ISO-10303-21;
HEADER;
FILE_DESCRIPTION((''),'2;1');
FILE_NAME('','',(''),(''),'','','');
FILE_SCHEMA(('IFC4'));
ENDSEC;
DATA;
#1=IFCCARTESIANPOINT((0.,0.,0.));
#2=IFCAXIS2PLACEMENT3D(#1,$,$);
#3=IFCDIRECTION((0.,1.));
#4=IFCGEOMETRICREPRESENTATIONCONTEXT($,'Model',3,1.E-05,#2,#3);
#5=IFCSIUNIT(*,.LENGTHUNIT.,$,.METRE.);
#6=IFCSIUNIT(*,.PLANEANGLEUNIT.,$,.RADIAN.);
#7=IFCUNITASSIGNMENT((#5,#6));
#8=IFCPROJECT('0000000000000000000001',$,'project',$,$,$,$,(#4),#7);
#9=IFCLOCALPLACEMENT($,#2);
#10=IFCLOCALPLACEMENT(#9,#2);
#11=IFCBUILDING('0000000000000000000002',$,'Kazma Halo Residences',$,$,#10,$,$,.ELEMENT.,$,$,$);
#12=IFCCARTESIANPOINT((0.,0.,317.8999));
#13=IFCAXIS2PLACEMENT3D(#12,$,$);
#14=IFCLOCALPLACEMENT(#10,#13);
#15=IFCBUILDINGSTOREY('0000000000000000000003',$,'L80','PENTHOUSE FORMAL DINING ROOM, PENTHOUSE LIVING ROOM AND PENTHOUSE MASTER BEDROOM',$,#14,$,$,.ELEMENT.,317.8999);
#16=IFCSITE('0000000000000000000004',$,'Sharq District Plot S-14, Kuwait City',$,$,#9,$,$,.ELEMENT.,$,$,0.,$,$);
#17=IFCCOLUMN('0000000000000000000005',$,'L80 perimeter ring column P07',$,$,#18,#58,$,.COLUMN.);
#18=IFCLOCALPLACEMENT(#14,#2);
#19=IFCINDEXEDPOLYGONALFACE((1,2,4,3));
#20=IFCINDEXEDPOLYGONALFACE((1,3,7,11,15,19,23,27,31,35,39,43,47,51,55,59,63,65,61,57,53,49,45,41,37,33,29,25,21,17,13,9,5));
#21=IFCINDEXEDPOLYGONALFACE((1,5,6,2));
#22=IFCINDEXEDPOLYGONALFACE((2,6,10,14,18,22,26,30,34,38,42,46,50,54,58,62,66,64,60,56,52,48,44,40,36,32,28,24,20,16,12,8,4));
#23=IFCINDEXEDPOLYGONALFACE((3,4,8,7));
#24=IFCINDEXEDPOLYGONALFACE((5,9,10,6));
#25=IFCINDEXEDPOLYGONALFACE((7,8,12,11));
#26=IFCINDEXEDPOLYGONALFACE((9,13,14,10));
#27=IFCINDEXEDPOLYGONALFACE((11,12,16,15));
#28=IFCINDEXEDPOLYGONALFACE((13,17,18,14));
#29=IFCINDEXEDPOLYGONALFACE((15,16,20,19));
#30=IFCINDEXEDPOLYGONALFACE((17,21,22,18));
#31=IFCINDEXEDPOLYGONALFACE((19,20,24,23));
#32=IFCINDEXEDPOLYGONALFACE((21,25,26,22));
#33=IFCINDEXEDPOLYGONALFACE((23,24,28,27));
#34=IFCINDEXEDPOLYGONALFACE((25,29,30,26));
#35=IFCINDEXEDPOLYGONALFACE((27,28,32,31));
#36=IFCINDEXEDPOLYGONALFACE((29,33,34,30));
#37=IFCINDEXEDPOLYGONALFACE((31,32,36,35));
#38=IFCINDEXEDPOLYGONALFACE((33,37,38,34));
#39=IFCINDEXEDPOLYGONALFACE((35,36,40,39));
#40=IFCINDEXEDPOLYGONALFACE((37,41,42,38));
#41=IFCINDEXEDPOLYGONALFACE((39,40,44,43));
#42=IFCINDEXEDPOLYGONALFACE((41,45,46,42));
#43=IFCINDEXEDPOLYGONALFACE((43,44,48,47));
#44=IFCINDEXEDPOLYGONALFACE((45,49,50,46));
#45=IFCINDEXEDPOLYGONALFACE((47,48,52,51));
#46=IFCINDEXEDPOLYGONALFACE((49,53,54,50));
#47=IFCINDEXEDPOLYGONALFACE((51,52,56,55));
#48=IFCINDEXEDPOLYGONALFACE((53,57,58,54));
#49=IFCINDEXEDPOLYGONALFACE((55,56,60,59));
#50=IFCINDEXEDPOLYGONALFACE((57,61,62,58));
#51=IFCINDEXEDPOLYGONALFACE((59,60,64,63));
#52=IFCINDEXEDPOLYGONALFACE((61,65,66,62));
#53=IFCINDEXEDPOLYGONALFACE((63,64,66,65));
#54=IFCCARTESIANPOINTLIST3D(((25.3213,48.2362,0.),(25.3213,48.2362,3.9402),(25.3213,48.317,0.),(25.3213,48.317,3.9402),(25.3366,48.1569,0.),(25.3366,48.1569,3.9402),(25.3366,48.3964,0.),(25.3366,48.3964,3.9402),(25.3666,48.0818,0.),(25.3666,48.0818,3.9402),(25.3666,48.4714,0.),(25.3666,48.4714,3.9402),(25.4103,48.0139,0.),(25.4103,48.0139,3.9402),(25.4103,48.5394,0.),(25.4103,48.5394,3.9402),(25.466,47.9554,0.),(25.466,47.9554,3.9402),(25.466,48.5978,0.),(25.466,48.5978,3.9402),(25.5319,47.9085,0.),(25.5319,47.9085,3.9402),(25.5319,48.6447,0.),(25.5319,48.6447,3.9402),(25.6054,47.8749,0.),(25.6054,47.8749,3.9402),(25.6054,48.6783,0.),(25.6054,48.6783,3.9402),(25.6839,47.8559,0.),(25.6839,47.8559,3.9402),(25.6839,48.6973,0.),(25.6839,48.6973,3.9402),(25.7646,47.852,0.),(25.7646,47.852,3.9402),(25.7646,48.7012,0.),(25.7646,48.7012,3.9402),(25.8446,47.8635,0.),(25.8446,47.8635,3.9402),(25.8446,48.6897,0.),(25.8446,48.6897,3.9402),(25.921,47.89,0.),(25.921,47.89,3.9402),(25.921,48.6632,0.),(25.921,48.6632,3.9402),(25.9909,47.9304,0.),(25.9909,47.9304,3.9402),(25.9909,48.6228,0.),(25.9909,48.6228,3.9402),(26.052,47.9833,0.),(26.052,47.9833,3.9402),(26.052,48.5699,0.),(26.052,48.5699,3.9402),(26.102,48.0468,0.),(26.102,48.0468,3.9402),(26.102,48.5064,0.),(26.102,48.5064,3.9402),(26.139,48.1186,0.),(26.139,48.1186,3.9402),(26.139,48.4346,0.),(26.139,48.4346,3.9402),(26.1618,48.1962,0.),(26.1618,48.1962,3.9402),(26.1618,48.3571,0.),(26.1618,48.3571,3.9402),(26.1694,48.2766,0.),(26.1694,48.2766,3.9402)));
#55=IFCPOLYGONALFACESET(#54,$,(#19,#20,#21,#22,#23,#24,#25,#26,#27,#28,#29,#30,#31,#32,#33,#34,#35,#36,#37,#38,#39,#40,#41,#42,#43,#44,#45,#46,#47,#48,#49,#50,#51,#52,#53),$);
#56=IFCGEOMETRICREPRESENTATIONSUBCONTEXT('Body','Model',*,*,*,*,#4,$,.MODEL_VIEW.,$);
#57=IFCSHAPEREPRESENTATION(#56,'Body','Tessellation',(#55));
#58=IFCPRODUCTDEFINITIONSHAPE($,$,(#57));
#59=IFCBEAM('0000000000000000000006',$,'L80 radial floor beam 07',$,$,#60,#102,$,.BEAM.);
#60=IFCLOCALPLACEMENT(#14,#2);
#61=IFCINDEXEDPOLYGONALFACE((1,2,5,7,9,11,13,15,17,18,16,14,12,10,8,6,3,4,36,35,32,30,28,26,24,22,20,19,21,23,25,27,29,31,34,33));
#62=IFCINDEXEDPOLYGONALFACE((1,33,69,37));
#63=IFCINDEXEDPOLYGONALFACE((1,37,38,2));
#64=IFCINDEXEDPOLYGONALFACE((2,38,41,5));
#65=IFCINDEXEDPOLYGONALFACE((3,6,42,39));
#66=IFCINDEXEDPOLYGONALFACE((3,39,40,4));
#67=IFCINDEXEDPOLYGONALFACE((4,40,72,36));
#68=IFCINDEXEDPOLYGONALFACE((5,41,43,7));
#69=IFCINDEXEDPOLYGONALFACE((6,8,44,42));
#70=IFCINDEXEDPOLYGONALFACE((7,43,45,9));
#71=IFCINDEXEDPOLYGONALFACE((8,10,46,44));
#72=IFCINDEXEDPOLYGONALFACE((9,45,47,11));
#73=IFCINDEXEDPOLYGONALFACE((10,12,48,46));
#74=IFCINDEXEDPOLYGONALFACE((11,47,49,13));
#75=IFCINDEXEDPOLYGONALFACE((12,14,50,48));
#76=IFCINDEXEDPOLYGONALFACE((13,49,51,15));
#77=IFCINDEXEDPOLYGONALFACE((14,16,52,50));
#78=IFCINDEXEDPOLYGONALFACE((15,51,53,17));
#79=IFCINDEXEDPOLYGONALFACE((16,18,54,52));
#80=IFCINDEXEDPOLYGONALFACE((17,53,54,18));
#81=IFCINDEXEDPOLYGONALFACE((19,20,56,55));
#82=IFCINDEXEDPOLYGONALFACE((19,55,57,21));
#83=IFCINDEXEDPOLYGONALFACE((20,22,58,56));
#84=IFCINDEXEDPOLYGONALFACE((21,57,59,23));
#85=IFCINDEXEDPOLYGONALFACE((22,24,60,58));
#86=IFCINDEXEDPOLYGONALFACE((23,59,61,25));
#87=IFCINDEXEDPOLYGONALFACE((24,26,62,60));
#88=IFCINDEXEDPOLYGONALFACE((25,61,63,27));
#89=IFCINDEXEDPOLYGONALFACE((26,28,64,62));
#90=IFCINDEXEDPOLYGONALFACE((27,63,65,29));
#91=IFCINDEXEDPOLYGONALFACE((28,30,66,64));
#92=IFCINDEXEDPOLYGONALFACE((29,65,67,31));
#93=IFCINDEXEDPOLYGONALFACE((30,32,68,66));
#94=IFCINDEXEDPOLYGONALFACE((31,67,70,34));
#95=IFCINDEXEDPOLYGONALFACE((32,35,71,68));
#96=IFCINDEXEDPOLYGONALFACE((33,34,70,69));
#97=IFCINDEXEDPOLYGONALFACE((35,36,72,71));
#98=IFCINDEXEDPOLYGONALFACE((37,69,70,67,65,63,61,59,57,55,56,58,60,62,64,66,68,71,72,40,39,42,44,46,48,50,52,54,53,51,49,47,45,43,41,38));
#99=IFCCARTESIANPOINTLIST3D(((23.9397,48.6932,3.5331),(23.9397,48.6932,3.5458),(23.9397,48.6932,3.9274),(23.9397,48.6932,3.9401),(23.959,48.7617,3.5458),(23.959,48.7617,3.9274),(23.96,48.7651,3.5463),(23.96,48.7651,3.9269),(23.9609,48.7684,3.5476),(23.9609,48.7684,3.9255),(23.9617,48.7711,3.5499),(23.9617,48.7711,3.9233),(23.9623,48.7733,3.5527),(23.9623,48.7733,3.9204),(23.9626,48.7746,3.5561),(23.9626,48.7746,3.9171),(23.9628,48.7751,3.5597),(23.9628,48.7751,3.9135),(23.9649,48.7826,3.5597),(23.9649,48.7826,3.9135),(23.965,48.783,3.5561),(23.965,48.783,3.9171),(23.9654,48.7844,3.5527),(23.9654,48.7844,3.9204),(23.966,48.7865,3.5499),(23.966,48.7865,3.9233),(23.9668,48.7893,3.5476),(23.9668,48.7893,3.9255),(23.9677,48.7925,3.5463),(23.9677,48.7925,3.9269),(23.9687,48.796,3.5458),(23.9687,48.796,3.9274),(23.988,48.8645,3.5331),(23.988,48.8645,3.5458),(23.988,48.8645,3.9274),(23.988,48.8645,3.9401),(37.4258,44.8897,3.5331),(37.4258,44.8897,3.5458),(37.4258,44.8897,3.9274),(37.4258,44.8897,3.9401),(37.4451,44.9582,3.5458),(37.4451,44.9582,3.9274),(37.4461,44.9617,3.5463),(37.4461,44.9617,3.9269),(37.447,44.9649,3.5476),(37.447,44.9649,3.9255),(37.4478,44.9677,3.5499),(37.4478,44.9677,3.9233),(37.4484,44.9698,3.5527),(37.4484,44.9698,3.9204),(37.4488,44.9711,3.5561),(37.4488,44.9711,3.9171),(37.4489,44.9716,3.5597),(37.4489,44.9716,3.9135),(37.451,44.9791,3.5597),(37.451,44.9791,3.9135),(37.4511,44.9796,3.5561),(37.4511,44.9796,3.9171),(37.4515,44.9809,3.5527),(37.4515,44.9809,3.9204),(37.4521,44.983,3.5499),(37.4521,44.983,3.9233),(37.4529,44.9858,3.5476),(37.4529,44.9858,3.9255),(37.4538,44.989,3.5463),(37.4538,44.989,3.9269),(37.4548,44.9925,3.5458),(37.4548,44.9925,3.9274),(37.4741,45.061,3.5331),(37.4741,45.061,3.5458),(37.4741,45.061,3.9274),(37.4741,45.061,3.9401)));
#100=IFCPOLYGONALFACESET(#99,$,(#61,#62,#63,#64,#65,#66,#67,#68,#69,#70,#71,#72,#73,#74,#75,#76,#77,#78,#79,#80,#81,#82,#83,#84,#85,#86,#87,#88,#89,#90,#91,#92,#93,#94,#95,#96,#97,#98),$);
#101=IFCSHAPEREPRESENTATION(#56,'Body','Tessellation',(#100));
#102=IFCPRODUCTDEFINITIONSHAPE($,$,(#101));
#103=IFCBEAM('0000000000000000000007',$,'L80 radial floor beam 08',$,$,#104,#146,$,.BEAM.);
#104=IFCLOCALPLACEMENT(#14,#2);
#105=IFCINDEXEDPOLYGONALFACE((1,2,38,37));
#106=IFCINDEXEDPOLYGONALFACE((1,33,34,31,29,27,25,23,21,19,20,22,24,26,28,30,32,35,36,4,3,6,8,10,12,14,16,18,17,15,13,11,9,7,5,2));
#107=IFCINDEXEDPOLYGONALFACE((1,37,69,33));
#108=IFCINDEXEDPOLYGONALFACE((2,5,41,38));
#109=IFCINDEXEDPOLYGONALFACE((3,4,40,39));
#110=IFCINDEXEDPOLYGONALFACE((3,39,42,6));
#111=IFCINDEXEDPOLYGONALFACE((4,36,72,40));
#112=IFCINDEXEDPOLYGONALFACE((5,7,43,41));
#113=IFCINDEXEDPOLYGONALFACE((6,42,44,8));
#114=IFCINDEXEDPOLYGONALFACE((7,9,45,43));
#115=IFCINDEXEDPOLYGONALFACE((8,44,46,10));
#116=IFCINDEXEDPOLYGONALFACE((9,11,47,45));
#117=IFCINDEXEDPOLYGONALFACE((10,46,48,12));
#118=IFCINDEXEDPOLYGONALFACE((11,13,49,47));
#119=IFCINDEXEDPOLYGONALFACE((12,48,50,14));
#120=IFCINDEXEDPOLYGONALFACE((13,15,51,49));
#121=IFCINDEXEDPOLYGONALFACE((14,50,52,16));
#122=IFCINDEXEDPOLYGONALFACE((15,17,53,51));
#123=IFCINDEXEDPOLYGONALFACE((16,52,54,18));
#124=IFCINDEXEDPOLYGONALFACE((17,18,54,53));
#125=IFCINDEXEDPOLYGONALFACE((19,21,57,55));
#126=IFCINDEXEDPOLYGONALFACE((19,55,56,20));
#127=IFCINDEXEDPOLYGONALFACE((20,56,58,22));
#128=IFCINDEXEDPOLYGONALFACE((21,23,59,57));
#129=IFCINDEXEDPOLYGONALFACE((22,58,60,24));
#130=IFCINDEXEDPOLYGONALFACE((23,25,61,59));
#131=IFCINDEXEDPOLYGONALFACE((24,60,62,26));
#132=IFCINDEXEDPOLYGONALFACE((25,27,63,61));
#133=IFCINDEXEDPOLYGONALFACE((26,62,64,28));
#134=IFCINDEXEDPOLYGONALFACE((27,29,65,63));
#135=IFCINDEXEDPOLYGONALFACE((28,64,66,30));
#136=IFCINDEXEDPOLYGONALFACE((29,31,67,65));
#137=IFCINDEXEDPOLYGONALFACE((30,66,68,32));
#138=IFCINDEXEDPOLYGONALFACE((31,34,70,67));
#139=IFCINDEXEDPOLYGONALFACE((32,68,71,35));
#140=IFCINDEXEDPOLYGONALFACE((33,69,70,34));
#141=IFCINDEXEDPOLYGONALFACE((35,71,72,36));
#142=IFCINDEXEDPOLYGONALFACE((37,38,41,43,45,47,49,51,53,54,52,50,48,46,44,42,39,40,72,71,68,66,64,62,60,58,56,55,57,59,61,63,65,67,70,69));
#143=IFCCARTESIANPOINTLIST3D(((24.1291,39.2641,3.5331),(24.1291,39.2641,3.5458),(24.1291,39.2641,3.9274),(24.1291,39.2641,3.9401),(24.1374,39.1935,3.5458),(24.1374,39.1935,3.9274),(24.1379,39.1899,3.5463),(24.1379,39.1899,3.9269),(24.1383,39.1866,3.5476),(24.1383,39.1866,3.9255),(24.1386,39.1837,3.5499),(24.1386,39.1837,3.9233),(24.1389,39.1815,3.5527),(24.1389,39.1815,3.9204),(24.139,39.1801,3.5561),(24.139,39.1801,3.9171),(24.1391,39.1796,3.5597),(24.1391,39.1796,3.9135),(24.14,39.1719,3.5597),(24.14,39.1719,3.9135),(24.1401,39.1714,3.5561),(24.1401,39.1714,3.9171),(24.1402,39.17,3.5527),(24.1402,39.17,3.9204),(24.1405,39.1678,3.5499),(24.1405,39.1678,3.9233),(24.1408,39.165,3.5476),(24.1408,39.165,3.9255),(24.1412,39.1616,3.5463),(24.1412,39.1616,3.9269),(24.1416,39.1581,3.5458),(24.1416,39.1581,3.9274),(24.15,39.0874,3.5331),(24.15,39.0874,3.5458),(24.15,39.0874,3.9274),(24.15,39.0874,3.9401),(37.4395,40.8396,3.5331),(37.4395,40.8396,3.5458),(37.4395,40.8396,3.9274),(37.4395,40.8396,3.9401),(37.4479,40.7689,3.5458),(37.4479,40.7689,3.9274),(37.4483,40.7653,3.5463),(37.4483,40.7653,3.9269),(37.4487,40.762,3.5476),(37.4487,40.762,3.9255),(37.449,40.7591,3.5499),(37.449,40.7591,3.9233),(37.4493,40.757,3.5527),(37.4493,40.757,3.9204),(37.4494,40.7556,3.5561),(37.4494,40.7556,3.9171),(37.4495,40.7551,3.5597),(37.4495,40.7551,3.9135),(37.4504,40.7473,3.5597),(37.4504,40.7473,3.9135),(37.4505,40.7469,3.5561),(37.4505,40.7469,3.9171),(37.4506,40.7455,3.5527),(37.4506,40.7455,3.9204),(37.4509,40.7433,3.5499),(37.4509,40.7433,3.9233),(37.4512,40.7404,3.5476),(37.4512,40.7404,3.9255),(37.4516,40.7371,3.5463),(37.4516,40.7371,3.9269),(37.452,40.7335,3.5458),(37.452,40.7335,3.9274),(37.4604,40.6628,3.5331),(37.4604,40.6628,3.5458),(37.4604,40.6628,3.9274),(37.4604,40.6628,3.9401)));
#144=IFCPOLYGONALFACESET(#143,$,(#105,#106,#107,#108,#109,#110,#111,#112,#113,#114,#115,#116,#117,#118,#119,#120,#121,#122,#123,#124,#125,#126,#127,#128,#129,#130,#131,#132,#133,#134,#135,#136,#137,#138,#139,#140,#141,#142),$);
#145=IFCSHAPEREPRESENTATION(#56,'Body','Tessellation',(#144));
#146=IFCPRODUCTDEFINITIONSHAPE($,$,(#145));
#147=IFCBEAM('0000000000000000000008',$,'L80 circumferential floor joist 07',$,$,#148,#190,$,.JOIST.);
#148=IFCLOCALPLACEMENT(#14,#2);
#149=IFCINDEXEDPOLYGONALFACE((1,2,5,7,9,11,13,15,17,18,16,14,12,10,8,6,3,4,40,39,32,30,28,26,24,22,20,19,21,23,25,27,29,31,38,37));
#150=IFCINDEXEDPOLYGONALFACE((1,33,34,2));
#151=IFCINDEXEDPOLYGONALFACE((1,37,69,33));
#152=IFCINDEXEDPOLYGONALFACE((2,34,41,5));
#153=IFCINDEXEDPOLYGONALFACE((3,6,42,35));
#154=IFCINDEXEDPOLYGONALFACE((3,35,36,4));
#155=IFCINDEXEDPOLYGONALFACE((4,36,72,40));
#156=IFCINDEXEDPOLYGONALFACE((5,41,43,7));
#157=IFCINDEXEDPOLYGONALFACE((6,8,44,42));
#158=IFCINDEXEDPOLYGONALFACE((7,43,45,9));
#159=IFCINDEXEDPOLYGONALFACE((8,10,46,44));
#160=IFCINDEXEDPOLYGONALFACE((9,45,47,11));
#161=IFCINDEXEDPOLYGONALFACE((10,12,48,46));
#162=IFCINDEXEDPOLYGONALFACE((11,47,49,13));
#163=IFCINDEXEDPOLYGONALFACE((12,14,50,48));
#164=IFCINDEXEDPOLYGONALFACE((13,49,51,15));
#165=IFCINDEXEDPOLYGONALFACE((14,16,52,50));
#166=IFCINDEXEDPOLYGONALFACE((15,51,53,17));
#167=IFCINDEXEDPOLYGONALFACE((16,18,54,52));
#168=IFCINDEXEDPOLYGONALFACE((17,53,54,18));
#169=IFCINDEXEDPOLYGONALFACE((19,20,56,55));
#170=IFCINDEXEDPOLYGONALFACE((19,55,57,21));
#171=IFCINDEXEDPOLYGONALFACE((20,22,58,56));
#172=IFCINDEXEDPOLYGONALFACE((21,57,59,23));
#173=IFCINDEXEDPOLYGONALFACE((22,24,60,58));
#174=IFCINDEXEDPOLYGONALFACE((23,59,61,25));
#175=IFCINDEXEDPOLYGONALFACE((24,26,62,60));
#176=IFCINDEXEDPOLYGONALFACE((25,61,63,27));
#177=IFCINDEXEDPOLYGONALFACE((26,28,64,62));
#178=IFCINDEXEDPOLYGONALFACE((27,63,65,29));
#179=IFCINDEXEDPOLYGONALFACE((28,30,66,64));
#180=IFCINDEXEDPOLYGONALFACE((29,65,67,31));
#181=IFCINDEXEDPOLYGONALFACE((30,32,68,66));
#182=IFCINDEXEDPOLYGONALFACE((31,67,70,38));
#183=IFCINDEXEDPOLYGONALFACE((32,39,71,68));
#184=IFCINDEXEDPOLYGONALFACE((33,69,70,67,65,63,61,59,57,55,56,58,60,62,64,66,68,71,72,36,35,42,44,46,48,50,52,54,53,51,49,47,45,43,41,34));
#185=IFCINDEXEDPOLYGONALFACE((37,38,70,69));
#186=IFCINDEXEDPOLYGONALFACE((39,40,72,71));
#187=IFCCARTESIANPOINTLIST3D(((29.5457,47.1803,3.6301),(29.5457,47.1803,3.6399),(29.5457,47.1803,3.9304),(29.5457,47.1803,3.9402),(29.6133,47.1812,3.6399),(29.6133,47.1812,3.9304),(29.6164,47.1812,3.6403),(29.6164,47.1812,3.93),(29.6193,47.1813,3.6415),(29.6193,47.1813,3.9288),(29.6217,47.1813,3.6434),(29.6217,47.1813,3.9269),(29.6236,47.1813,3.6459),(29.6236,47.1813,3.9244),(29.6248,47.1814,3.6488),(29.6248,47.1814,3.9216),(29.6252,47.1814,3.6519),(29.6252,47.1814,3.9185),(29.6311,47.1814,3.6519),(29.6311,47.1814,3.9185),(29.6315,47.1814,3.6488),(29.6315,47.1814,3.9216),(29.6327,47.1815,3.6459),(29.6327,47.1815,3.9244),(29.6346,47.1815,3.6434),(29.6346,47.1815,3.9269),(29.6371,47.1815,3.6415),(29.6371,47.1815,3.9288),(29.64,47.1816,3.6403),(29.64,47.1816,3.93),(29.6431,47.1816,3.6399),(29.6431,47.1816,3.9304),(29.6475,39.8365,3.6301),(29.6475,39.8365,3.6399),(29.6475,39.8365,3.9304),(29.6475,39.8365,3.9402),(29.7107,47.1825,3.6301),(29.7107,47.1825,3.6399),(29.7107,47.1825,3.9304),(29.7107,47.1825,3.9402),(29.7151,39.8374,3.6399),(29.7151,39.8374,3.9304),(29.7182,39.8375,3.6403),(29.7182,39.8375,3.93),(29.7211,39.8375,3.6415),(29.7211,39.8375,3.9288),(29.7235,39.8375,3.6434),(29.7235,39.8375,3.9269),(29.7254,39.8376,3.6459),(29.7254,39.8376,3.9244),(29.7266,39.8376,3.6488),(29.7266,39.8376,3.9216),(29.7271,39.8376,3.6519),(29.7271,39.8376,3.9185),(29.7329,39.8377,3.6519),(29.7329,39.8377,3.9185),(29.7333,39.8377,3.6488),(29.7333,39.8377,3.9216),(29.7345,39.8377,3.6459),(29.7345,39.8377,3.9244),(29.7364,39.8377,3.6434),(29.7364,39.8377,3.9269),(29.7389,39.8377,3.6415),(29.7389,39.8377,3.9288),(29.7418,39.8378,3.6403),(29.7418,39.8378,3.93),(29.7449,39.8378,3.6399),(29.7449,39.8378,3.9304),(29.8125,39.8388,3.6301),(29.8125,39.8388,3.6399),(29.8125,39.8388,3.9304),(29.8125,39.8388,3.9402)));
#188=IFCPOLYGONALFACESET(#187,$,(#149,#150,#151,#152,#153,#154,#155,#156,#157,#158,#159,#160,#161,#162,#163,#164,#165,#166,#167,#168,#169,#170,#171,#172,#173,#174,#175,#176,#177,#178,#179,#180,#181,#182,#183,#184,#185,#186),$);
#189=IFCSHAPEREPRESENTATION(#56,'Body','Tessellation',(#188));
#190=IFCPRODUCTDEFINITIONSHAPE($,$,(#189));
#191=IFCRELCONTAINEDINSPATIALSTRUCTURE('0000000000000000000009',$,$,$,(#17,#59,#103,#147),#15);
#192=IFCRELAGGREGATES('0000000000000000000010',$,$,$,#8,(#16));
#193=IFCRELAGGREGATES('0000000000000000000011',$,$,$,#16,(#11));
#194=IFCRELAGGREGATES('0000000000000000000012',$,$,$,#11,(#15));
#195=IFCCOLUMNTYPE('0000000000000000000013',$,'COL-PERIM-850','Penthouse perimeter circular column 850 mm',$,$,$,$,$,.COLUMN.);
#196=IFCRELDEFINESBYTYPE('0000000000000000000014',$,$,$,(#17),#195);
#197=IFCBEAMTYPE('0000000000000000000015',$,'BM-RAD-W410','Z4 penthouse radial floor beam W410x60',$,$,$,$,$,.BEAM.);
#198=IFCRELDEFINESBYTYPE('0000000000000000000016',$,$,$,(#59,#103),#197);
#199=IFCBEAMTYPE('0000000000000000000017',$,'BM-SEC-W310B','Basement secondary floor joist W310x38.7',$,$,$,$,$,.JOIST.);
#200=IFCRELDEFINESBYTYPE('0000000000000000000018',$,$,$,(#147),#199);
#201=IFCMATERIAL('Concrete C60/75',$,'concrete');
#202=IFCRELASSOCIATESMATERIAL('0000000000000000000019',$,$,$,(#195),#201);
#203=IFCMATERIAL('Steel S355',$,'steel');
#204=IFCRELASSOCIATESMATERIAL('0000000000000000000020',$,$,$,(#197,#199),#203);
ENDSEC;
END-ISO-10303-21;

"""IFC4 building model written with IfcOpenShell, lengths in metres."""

from ifc_helpers import new_model, si_unit, direction, frame, origin, origin_2d, place, context, subcontext, project, spatial, circle, i_section, extrude, material, material_profile, profile_set, type_object, element, save


model = new_model("IFC4")

# Units and contexts
model_context = context("Model", 3, precision=1e-05, world=origin(), true_north=direction((0.0, 1.0)))
body_context = subcontext(model_context, "Body", "Model", "MODEL_VIEW")
ifc_project = project(units=[si_unit("LENGTHUNIT", "METRE"), si_unit("PLANEANGLEUNIT", "RADIAN")], contexts=[model_context])

# Site, building, storey
site_placement = place(None, origin())
site = spatial("IfcSite", under=ifc_project, at=site_placement, Name="Sharq District Plot S-14, Kuwait City", CompositionType="ELEMENT", RefElevation=0.0)
building_placement = place(site_placement, origin())
building = spatial("IfcBuilding", under=site, at=building_placement, Name="Kazma Halo Residences", CompositionType="ELEMENT")
storey_placement = place(building_placement, frame((0.0, 0.0, 317.8999)))
storey = spatial("IfcBuildingStorey", under=building, at=storey_placement, Name="L80", Description="PENTHOUSE FORMAL DINING ROOM, PENTHOUSE LIVING ROOM AND PENTHOUSE MASTER BEDROOM", CompositionType="ELEMENT", Elevation=317.8999)

# Column
ifc_material_1 = material(Name="Concrete C60/75", Category="concrete")
ifc_material_profile_1 = material_profile(ifc_material_1, circle(Radius=0.425, at=origin_2d()), Name="CIRC850")
ifc_profile_set_1 = profile_set([ifc_material_profile_1], Name="Concrete C60/75")
column_type = type_object("IfcColumnType", Name="COL-PERIM-850", Description="Penthouse perimeter circular column 850 mm", PredefinedType="COLUMN", material=ifc_profile_set_1)
column_placement = place(storey_placement, frame((25.7444, 48.2766, 0.0), z_axis=(0.0, 0.0, 1.0), x_axis=(1.0, 0.0, 0.0)))
element("IfcColumn", 1, at=column_placement, inside=storey, type_object=column_type, Name="L80 perimeter ring column P07", PredefinedType="COLUMN", context=body_context, shape_type="SweptSolid", body=[
    extrude(circle(Radius=0.425, at=origin_2d()), origin(), (0.0, 0.0, 1.0), 3.9402),
])

# Beams
ifc_material_2 = material(Name="Steel S355", Category="steel")
ifc_material_profile_2 = material_profile(ifc_material_2, i_section(OverallWidth=0.178, OverallDepth=0.407, WebThickness=0.0078, FlangeThickness=0.0127, FilletRadius=0.0139, at=origin_2d()), Name="W410x60")
ifc_profile_set_2 = profile_set([ifc_material_profile_2], Name="Steel S355")
beam_type_1 = type_object("IfcBeamType", Name="BM-RAD-W410", Description="Z4 penthouse radial floor beam W410x60", PredefinedType="BEAM", material=ifc_profile_set_2)
beam_1_placement = place(storey_placement, frame((37.45, 44.9753, 3.7366), z_axis=(-0.962455, 0.27144, 0.0), x_axis=(-0.27144, -0.962455, 0.0)))
element("IfcBeam", 2, at=beam_1_placement, inside=storey, type_object=beam_type_1, Name="L80 radial floor beam 07", PredefinedType="BEAM", context=body_context, shape_type="SweptSolid", body=[
    extrude(i_section(OverallWidth=0.178, OverallDepth=0.407, WebThickness=0.0078, FlangeThickness=0.0127, FilletRadius=0.0139, at=origin_2d()), origin(), (0.0, 0.0, 1.0), 14.0122),
])
beam_2_placement = place(storey_placement, frame((37.45, 40.7512, 3.7366), z_axis=(-0.993068, -0.117542, 0.0), x_axis=(0.117542, -0.993068, 0.0)))
element("IfcBeam", 3, at=beam_2_placement, inside=storey, type_object=beam_type_1, Name="L80 radial floor beam 08", PredefinedType="BEAM", context=body_context, shape_type="SweptSolid", body=[
    extrude(i_section(OverallWidth=0.178, OverallDepth=0.407, WebThickness=0.0078, FlangeThickness=0.0127, FilletRadius=0.0139, at=origin_2d()), origin(), (0.0, 0.0, 1.0), 13.4033),
])
ifc_material_profile_3 = material_profile(ifc_material_2, i_section(OverallWidth=0.165, OverallDepth=0.3101, WebThickness=0.0059, FlangeThickness=0.0098, FilletRadius=0.012, at=origin_2d()), Name="W310x38.7")
ifc_profile_set_3 = profile_set([ifc_material_profile_3], Name="Steel S355")
beam_type_2 = type_object("IfcBeamType", Name="BM-SEC-W310B", Description="Basement secondary floor joist W310x38.7", PredefinedType="JOIST", material=ifc_profile_set_3)
beam_3_placement = place(storey_placement, frame((29.6282, 47.1814, 3.7852), z_axis=(0.013862, -0.999904, 0.0), x_axis=(0.999904, 0.013862, 0.0)))
element("IfcBeam", 4, at=beam_3_placement, inside=storey, type_object=beam_type_2, Name="L80 circumferential floor joist 07", PredefinedType="JOIST", context=body_context, shape_type="SweptSolid", body=[
    extrude(i_section(OverallWidth=0.165, OverallDepth=0.3101, WebThickness=0.0059, FlangeThickness=0.0098, FilletRadius=0.012, at=origin_2d()), origin(), (0.0, 0.0, 1.0), 7.3445),
])

save(model, "model.ifc")
